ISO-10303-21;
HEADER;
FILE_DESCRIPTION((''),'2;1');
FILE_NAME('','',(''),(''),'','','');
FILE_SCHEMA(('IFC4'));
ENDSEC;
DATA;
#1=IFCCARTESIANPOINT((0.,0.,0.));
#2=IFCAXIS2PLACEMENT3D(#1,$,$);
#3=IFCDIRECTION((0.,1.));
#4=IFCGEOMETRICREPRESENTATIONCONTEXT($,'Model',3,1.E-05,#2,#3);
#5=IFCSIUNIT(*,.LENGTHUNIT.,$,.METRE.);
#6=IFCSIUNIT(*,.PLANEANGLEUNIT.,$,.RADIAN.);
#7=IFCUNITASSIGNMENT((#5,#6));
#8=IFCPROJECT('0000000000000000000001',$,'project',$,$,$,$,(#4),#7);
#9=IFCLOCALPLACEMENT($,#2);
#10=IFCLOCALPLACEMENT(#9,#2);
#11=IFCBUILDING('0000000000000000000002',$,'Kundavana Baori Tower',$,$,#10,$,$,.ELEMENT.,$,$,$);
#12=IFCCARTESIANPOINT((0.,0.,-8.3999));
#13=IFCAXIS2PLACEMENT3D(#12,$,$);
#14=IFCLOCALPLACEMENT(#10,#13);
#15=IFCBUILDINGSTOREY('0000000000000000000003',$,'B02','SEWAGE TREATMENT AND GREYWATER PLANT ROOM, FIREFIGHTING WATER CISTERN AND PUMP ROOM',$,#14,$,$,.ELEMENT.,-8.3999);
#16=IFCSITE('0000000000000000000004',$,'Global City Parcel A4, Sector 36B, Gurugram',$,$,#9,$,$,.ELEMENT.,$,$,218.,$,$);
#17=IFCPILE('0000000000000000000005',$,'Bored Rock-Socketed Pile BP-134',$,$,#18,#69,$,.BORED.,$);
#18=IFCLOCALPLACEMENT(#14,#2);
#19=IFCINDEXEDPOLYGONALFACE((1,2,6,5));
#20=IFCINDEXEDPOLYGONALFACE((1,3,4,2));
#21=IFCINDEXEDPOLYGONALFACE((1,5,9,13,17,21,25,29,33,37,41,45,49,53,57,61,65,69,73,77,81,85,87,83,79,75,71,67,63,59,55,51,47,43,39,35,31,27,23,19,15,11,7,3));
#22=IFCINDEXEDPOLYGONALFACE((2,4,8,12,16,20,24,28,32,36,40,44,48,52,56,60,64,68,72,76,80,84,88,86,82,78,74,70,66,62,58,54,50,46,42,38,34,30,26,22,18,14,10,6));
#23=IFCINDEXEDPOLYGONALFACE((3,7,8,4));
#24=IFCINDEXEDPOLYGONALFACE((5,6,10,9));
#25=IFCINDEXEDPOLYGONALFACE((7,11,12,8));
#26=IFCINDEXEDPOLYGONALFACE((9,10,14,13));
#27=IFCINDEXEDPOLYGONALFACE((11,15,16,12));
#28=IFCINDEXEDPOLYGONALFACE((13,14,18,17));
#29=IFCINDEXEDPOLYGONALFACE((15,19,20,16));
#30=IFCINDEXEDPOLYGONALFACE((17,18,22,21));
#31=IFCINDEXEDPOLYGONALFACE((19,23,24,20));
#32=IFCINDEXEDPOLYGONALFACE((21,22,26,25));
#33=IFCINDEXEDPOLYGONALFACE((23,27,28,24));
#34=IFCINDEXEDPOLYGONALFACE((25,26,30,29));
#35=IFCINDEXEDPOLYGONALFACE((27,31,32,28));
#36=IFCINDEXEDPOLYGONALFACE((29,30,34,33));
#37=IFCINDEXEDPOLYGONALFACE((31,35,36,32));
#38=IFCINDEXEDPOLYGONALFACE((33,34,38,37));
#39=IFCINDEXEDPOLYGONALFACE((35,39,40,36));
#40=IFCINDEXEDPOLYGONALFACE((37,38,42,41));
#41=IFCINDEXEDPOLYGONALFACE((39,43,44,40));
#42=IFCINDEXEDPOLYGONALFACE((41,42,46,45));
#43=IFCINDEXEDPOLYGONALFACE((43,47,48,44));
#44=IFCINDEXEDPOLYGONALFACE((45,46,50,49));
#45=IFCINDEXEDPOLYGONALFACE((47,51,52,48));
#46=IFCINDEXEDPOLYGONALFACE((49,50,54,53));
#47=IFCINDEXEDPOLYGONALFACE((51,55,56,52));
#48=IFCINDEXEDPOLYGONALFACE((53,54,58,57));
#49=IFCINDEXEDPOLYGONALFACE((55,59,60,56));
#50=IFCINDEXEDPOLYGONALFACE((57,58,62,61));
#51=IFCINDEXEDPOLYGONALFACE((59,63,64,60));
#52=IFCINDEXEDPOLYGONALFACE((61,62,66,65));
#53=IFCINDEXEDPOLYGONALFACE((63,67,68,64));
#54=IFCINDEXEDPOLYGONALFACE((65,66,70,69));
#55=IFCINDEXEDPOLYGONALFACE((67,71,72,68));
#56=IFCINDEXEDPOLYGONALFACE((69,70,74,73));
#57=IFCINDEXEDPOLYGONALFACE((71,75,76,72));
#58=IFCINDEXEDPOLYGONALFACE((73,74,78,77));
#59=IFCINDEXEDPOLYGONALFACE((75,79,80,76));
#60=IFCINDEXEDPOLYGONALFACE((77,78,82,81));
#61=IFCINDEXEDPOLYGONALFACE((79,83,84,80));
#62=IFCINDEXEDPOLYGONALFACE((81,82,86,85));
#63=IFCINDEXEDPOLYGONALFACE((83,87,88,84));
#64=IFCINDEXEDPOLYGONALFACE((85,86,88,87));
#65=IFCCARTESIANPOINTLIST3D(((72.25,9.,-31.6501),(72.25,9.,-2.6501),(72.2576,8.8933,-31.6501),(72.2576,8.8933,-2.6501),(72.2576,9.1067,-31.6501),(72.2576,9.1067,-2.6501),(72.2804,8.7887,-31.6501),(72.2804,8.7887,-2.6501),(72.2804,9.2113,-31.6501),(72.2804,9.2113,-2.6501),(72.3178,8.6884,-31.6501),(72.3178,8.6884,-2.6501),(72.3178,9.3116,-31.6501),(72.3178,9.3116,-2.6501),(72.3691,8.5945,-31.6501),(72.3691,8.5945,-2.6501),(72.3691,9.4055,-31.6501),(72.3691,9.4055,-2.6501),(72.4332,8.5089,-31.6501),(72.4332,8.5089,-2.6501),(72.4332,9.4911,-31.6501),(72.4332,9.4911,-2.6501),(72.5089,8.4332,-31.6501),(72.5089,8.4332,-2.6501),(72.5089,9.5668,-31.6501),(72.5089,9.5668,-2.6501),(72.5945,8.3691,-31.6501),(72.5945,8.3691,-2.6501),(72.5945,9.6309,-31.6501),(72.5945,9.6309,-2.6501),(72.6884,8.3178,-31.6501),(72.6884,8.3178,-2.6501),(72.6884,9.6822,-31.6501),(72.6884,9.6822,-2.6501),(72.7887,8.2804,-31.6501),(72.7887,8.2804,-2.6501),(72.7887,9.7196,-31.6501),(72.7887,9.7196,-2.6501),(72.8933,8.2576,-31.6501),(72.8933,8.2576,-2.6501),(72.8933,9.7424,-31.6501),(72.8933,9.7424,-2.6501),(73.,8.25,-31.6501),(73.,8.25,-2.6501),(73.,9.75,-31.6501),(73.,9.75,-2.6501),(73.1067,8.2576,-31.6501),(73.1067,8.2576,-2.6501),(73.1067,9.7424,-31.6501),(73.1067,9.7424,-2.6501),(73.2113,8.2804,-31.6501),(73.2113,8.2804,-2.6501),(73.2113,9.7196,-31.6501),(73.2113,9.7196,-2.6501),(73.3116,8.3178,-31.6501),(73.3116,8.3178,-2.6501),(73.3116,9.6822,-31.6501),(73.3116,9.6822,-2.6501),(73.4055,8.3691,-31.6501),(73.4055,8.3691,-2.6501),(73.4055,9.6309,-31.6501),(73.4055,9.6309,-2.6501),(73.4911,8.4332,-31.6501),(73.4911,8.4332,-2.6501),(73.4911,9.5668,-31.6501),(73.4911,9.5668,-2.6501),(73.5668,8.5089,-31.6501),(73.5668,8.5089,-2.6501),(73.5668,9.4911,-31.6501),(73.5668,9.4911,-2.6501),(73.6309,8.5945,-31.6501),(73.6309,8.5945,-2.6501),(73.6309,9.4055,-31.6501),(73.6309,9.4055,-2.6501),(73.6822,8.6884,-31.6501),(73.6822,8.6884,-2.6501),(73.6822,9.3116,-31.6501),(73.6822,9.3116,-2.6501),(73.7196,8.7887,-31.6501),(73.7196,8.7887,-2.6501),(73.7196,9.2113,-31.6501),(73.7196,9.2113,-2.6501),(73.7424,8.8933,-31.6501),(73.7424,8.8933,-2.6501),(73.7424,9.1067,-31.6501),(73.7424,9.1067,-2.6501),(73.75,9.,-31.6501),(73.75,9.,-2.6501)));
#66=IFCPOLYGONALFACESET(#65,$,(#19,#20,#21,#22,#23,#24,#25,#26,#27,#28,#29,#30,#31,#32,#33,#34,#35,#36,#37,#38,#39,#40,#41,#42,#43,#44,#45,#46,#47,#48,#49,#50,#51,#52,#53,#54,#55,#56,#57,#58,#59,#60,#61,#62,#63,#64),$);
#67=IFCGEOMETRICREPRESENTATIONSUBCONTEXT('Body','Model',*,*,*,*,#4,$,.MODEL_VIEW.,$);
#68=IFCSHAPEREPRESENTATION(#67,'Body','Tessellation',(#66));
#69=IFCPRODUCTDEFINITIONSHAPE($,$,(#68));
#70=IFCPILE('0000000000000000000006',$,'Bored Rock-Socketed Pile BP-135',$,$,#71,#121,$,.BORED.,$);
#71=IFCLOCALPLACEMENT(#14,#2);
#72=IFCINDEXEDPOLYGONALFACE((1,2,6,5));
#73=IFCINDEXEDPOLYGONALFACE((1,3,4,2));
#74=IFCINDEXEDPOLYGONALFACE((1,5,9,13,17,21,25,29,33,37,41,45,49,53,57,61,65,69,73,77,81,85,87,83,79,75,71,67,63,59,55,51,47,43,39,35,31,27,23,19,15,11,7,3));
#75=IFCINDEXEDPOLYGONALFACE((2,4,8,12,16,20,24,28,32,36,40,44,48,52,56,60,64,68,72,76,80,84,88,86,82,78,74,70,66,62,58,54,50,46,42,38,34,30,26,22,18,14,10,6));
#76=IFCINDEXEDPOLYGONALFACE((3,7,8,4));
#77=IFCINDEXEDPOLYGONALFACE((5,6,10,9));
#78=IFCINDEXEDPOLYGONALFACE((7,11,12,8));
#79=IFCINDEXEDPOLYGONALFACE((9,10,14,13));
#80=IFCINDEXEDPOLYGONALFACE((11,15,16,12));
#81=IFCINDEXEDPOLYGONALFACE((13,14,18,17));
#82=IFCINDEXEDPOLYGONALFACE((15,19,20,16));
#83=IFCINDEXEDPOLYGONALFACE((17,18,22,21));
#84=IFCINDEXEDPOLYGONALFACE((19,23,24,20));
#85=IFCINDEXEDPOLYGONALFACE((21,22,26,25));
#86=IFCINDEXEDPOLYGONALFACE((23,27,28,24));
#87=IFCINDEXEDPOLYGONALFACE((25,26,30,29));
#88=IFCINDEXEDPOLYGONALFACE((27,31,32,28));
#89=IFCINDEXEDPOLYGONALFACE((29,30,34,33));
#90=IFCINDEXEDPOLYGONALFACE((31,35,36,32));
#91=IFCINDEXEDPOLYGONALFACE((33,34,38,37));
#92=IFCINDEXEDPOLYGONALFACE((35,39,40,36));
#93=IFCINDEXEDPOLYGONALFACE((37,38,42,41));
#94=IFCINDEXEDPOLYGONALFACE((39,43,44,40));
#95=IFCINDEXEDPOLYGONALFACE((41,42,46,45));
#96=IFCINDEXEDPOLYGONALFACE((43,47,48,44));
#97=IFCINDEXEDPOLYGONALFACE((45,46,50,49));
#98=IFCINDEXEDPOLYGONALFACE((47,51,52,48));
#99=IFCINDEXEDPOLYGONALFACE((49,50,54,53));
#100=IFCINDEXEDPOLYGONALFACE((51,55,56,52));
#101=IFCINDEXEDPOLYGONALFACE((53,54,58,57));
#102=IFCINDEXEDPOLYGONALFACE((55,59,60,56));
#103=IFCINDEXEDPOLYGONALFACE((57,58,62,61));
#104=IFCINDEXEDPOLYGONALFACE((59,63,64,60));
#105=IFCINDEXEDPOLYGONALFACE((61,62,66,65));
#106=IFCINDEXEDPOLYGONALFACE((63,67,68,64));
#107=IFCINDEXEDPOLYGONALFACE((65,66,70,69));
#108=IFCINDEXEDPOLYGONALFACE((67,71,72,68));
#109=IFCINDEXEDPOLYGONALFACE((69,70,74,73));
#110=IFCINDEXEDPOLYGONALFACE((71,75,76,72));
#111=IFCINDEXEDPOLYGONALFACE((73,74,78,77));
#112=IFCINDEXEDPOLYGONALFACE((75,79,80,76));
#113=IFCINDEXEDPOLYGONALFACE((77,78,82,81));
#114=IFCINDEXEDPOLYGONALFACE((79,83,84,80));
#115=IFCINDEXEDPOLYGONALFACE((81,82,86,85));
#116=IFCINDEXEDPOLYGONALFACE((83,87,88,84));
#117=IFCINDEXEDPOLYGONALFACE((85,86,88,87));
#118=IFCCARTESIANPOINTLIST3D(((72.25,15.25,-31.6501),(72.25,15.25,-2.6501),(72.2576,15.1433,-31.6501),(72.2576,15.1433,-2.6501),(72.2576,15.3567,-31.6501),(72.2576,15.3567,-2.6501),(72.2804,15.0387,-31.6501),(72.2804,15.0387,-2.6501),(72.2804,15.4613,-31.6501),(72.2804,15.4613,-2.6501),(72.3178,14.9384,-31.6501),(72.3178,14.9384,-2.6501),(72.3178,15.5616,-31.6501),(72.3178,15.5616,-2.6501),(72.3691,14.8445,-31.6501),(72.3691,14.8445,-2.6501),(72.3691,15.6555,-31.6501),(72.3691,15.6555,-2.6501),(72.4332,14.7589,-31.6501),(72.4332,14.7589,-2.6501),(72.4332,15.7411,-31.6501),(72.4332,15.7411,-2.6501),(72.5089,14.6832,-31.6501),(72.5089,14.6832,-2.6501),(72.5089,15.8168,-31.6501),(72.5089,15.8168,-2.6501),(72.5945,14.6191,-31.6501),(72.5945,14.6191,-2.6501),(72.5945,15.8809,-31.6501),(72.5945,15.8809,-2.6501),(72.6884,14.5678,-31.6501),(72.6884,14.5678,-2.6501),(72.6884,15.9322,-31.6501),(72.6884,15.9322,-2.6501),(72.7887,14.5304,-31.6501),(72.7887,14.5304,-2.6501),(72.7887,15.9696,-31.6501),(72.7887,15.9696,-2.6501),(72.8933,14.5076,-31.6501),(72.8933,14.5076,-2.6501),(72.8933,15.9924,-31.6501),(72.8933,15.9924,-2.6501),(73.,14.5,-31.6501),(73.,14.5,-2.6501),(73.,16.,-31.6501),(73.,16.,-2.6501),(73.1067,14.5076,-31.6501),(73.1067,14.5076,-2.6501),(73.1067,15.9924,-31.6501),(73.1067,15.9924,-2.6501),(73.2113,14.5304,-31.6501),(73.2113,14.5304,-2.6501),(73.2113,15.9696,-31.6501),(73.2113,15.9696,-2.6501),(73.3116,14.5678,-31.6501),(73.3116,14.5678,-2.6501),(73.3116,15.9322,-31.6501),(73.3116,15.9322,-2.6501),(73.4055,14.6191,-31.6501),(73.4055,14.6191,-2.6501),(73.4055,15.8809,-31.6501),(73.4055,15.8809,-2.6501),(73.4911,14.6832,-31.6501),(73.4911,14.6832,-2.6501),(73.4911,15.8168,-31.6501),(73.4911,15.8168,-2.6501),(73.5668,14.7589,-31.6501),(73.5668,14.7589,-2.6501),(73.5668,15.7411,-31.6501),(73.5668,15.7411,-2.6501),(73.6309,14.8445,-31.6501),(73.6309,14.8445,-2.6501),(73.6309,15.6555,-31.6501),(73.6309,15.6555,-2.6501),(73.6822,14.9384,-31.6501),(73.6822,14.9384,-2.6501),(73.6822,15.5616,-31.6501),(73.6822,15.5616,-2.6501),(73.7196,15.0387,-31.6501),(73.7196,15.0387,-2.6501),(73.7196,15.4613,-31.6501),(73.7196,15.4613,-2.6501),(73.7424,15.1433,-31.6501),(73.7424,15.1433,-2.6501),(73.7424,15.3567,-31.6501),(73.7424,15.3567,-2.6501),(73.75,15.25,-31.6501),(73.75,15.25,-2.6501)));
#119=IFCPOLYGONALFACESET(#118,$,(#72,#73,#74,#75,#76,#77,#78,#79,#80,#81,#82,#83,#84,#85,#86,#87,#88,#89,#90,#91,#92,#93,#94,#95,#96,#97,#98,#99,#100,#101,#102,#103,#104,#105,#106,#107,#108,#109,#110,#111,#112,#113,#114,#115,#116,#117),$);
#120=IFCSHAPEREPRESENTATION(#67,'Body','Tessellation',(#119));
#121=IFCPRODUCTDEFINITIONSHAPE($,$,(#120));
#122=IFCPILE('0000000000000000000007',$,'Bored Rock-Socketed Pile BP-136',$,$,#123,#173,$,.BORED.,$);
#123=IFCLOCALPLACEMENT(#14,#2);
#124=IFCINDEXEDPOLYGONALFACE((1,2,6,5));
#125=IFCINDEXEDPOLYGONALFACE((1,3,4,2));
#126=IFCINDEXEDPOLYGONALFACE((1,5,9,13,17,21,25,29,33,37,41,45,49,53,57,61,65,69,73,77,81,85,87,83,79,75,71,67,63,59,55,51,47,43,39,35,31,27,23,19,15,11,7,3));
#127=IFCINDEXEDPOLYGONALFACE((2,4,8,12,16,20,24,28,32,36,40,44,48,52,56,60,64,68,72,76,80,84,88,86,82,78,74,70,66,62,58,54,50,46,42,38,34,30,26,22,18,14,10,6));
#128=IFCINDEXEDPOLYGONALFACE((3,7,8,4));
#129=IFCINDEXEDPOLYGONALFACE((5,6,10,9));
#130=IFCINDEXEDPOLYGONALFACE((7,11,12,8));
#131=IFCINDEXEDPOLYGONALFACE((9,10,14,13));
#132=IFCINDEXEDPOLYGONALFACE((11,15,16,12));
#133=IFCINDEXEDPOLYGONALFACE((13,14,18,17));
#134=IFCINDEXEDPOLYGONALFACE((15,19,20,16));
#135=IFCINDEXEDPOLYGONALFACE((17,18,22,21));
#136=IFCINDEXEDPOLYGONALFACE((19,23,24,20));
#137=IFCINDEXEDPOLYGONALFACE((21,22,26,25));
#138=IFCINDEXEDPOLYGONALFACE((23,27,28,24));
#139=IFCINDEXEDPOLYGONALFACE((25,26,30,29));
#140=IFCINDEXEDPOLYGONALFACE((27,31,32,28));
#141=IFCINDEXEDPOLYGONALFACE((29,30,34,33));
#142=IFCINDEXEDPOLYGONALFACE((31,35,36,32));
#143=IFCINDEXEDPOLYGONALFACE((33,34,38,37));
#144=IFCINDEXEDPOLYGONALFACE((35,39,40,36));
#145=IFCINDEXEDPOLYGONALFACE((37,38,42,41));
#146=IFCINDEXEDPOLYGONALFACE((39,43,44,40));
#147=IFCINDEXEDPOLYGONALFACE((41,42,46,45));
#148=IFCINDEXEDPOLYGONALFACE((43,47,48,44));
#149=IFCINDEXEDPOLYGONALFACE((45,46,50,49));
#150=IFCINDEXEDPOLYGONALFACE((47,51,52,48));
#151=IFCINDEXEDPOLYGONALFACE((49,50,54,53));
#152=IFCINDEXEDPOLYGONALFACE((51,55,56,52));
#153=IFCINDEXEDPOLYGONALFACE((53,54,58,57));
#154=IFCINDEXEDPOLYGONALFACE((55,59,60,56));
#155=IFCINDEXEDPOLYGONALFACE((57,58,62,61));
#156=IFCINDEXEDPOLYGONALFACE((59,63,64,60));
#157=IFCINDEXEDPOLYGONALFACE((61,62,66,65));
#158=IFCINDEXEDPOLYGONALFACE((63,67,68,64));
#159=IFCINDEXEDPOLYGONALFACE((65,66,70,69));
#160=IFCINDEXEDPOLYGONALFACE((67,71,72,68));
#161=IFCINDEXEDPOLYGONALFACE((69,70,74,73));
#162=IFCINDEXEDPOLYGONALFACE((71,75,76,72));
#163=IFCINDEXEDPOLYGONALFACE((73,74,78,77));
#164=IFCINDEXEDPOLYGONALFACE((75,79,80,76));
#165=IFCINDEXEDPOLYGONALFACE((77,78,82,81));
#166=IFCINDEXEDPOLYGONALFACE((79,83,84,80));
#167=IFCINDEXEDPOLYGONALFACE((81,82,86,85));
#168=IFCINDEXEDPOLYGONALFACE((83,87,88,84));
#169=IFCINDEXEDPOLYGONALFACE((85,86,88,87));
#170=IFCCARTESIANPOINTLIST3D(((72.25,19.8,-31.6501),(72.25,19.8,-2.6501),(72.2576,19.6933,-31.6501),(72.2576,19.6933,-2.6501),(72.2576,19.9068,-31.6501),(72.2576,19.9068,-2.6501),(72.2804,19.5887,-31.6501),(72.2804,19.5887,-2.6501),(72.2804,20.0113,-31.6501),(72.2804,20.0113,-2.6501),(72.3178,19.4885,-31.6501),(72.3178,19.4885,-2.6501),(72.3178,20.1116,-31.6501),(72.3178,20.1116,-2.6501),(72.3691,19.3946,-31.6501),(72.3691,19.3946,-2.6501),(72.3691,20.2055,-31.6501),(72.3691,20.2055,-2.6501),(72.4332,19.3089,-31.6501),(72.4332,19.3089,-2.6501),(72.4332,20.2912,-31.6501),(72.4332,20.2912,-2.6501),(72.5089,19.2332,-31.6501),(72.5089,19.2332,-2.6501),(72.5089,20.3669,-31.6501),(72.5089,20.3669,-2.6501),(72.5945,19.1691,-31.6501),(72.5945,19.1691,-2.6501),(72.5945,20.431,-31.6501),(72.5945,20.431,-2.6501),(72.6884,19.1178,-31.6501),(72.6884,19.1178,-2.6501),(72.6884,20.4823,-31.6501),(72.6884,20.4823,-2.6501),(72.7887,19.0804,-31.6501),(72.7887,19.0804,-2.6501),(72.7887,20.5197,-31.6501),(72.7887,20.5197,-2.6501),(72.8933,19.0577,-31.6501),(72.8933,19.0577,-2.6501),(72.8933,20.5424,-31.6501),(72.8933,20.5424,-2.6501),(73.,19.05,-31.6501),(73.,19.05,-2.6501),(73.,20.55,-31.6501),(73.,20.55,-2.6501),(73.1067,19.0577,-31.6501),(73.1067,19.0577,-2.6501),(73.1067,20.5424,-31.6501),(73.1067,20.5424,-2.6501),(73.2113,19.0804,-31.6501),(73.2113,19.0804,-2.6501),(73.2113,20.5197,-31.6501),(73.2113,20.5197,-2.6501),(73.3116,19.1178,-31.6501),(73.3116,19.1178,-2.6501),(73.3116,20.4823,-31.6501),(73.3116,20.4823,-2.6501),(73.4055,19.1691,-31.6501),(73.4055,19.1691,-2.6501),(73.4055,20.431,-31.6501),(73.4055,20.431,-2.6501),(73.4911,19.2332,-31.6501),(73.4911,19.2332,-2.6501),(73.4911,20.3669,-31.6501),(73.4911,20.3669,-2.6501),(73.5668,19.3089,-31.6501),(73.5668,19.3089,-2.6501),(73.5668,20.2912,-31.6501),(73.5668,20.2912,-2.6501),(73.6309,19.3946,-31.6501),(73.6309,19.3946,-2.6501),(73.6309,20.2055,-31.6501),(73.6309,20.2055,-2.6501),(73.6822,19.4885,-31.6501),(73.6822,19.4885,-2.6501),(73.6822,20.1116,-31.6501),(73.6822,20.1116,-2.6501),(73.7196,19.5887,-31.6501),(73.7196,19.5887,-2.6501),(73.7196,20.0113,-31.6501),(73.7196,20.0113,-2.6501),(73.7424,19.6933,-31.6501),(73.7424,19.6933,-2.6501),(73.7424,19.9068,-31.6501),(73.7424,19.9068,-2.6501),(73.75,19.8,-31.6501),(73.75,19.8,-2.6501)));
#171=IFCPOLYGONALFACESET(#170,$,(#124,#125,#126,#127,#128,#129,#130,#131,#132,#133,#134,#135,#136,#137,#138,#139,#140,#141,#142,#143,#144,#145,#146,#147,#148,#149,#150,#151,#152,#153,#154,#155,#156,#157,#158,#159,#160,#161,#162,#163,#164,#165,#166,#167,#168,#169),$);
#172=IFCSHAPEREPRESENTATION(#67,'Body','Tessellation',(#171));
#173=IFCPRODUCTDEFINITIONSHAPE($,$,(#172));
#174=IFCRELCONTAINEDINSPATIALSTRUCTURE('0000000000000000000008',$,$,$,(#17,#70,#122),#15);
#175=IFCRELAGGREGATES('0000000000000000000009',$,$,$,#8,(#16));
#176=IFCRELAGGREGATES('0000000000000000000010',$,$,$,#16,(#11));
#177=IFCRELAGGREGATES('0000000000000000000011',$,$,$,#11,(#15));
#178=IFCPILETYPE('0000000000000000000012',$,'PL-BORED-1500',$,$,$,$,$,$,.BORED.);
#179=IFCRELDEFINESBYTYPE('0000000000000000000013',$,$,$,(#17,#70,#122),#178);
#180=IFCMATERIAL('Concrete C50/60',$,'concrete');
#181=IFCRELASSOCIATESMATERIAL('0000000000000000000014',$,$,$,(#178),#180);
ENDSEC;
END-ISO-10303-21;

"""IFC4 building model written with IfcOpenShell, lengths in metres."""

from ifc_helpers import new_model, si_unit, direction, frame, origin, origin_2d, place, context, subcontext, project, spatial, circle, extrude, material, material_profile, profile_set, type_object, element, save


model = new_model("IFC4")

# Units and contexts
model_context = context("Model", 3, precision=1e-05, world=origin(), true_north=direction((0.0, 1.0)))
body_context = subcontext(model_context, "Body", "Model", "MODEL_VIEW")
ifc_project = project(units=[si_unit("LENGTHUNIT", "METRE"), si_unit("PLANEANGLEUNIT", "RADIAN")], contexts=[model_context])

# Site, building, storey
site_placement = place(None, origin())
site = spatial("IfcSite", under=ifc_project, at=site_placement, Name="Global City Parcel A4, Sector 36B, Gurugram", CompositionType="ELEMENT", RefElevation=218.0)
building_placement = place(site_placement, origin())
building = spatial("IfcBuilding", under=site, at=building_placement, Name="Kundavana Baori Tower", CompositionType="ELEMENT")
storey_placement = place(building_placement, frame((0.0, 0.0, -8.3999)))
storey = spatial("IfcBuildingStorey", under=building, at=storey_placement, Name="B02", Description="SEWAGE TREATMENT AND GREYWATER PLANT ROOM, FIREFIGHTING WATER CISTERN AND PUMP ROOM", CompositionType="ELEMENT", Elevation=-8.3999)

# Piles
ifc_material_1 = material(Name="Concrete C50/60", Category="concrete")
ifc_material_profile_1 = material_profile(ifc_material_1, circle(Radius=0.75, at=origin_2d()), Name="BORED PILE D1500")
ifc_profile_set_1 = profile_set([ifc_material_profile_1], Name="Concrete C50/60")
pile_type_1 = type_object("IfcPileType", Name="PL-BORED-1500", PredefinedType="BORED", material=ifc_profile_set_1)
for number, where, z_axis, x_axis, name in (
    (1, (73.0, 9.0, -2.6501), (0.0, 0.0, -1.0), (1.0, 0.0, 0.0), "Bored Rock-Socketed Pile BP-134"),
    (2, (73.0, 15.25, -2.6501), (0.0, 0.0, -1.0), (1.0, 0.0, 0.0), "Bored Rock-Socketed Pile BP-135"),
    (3, (73.0, 19.8, -2.6501), (0.0, 0.0, -1.0), (1.0, 0.0, 0.0), "Bored Rock-Socketed Pile BP-136"),
):
    element("IfcPile", number, at=place(storey_placement, frame(where, z_axis=z_axis, x_axis=x_axis)), inside=storey, type_object=pile_type_1, Name=name, PredefinedType="BORED", context=body_context, shape_type="SweptSolid", body=[
        extrude(circle(Radius=0.75, at=origin_2d()), origin(), (0.0, 0.0, 1.0), 29.0),
    ])

save(model, "model.ifc")
